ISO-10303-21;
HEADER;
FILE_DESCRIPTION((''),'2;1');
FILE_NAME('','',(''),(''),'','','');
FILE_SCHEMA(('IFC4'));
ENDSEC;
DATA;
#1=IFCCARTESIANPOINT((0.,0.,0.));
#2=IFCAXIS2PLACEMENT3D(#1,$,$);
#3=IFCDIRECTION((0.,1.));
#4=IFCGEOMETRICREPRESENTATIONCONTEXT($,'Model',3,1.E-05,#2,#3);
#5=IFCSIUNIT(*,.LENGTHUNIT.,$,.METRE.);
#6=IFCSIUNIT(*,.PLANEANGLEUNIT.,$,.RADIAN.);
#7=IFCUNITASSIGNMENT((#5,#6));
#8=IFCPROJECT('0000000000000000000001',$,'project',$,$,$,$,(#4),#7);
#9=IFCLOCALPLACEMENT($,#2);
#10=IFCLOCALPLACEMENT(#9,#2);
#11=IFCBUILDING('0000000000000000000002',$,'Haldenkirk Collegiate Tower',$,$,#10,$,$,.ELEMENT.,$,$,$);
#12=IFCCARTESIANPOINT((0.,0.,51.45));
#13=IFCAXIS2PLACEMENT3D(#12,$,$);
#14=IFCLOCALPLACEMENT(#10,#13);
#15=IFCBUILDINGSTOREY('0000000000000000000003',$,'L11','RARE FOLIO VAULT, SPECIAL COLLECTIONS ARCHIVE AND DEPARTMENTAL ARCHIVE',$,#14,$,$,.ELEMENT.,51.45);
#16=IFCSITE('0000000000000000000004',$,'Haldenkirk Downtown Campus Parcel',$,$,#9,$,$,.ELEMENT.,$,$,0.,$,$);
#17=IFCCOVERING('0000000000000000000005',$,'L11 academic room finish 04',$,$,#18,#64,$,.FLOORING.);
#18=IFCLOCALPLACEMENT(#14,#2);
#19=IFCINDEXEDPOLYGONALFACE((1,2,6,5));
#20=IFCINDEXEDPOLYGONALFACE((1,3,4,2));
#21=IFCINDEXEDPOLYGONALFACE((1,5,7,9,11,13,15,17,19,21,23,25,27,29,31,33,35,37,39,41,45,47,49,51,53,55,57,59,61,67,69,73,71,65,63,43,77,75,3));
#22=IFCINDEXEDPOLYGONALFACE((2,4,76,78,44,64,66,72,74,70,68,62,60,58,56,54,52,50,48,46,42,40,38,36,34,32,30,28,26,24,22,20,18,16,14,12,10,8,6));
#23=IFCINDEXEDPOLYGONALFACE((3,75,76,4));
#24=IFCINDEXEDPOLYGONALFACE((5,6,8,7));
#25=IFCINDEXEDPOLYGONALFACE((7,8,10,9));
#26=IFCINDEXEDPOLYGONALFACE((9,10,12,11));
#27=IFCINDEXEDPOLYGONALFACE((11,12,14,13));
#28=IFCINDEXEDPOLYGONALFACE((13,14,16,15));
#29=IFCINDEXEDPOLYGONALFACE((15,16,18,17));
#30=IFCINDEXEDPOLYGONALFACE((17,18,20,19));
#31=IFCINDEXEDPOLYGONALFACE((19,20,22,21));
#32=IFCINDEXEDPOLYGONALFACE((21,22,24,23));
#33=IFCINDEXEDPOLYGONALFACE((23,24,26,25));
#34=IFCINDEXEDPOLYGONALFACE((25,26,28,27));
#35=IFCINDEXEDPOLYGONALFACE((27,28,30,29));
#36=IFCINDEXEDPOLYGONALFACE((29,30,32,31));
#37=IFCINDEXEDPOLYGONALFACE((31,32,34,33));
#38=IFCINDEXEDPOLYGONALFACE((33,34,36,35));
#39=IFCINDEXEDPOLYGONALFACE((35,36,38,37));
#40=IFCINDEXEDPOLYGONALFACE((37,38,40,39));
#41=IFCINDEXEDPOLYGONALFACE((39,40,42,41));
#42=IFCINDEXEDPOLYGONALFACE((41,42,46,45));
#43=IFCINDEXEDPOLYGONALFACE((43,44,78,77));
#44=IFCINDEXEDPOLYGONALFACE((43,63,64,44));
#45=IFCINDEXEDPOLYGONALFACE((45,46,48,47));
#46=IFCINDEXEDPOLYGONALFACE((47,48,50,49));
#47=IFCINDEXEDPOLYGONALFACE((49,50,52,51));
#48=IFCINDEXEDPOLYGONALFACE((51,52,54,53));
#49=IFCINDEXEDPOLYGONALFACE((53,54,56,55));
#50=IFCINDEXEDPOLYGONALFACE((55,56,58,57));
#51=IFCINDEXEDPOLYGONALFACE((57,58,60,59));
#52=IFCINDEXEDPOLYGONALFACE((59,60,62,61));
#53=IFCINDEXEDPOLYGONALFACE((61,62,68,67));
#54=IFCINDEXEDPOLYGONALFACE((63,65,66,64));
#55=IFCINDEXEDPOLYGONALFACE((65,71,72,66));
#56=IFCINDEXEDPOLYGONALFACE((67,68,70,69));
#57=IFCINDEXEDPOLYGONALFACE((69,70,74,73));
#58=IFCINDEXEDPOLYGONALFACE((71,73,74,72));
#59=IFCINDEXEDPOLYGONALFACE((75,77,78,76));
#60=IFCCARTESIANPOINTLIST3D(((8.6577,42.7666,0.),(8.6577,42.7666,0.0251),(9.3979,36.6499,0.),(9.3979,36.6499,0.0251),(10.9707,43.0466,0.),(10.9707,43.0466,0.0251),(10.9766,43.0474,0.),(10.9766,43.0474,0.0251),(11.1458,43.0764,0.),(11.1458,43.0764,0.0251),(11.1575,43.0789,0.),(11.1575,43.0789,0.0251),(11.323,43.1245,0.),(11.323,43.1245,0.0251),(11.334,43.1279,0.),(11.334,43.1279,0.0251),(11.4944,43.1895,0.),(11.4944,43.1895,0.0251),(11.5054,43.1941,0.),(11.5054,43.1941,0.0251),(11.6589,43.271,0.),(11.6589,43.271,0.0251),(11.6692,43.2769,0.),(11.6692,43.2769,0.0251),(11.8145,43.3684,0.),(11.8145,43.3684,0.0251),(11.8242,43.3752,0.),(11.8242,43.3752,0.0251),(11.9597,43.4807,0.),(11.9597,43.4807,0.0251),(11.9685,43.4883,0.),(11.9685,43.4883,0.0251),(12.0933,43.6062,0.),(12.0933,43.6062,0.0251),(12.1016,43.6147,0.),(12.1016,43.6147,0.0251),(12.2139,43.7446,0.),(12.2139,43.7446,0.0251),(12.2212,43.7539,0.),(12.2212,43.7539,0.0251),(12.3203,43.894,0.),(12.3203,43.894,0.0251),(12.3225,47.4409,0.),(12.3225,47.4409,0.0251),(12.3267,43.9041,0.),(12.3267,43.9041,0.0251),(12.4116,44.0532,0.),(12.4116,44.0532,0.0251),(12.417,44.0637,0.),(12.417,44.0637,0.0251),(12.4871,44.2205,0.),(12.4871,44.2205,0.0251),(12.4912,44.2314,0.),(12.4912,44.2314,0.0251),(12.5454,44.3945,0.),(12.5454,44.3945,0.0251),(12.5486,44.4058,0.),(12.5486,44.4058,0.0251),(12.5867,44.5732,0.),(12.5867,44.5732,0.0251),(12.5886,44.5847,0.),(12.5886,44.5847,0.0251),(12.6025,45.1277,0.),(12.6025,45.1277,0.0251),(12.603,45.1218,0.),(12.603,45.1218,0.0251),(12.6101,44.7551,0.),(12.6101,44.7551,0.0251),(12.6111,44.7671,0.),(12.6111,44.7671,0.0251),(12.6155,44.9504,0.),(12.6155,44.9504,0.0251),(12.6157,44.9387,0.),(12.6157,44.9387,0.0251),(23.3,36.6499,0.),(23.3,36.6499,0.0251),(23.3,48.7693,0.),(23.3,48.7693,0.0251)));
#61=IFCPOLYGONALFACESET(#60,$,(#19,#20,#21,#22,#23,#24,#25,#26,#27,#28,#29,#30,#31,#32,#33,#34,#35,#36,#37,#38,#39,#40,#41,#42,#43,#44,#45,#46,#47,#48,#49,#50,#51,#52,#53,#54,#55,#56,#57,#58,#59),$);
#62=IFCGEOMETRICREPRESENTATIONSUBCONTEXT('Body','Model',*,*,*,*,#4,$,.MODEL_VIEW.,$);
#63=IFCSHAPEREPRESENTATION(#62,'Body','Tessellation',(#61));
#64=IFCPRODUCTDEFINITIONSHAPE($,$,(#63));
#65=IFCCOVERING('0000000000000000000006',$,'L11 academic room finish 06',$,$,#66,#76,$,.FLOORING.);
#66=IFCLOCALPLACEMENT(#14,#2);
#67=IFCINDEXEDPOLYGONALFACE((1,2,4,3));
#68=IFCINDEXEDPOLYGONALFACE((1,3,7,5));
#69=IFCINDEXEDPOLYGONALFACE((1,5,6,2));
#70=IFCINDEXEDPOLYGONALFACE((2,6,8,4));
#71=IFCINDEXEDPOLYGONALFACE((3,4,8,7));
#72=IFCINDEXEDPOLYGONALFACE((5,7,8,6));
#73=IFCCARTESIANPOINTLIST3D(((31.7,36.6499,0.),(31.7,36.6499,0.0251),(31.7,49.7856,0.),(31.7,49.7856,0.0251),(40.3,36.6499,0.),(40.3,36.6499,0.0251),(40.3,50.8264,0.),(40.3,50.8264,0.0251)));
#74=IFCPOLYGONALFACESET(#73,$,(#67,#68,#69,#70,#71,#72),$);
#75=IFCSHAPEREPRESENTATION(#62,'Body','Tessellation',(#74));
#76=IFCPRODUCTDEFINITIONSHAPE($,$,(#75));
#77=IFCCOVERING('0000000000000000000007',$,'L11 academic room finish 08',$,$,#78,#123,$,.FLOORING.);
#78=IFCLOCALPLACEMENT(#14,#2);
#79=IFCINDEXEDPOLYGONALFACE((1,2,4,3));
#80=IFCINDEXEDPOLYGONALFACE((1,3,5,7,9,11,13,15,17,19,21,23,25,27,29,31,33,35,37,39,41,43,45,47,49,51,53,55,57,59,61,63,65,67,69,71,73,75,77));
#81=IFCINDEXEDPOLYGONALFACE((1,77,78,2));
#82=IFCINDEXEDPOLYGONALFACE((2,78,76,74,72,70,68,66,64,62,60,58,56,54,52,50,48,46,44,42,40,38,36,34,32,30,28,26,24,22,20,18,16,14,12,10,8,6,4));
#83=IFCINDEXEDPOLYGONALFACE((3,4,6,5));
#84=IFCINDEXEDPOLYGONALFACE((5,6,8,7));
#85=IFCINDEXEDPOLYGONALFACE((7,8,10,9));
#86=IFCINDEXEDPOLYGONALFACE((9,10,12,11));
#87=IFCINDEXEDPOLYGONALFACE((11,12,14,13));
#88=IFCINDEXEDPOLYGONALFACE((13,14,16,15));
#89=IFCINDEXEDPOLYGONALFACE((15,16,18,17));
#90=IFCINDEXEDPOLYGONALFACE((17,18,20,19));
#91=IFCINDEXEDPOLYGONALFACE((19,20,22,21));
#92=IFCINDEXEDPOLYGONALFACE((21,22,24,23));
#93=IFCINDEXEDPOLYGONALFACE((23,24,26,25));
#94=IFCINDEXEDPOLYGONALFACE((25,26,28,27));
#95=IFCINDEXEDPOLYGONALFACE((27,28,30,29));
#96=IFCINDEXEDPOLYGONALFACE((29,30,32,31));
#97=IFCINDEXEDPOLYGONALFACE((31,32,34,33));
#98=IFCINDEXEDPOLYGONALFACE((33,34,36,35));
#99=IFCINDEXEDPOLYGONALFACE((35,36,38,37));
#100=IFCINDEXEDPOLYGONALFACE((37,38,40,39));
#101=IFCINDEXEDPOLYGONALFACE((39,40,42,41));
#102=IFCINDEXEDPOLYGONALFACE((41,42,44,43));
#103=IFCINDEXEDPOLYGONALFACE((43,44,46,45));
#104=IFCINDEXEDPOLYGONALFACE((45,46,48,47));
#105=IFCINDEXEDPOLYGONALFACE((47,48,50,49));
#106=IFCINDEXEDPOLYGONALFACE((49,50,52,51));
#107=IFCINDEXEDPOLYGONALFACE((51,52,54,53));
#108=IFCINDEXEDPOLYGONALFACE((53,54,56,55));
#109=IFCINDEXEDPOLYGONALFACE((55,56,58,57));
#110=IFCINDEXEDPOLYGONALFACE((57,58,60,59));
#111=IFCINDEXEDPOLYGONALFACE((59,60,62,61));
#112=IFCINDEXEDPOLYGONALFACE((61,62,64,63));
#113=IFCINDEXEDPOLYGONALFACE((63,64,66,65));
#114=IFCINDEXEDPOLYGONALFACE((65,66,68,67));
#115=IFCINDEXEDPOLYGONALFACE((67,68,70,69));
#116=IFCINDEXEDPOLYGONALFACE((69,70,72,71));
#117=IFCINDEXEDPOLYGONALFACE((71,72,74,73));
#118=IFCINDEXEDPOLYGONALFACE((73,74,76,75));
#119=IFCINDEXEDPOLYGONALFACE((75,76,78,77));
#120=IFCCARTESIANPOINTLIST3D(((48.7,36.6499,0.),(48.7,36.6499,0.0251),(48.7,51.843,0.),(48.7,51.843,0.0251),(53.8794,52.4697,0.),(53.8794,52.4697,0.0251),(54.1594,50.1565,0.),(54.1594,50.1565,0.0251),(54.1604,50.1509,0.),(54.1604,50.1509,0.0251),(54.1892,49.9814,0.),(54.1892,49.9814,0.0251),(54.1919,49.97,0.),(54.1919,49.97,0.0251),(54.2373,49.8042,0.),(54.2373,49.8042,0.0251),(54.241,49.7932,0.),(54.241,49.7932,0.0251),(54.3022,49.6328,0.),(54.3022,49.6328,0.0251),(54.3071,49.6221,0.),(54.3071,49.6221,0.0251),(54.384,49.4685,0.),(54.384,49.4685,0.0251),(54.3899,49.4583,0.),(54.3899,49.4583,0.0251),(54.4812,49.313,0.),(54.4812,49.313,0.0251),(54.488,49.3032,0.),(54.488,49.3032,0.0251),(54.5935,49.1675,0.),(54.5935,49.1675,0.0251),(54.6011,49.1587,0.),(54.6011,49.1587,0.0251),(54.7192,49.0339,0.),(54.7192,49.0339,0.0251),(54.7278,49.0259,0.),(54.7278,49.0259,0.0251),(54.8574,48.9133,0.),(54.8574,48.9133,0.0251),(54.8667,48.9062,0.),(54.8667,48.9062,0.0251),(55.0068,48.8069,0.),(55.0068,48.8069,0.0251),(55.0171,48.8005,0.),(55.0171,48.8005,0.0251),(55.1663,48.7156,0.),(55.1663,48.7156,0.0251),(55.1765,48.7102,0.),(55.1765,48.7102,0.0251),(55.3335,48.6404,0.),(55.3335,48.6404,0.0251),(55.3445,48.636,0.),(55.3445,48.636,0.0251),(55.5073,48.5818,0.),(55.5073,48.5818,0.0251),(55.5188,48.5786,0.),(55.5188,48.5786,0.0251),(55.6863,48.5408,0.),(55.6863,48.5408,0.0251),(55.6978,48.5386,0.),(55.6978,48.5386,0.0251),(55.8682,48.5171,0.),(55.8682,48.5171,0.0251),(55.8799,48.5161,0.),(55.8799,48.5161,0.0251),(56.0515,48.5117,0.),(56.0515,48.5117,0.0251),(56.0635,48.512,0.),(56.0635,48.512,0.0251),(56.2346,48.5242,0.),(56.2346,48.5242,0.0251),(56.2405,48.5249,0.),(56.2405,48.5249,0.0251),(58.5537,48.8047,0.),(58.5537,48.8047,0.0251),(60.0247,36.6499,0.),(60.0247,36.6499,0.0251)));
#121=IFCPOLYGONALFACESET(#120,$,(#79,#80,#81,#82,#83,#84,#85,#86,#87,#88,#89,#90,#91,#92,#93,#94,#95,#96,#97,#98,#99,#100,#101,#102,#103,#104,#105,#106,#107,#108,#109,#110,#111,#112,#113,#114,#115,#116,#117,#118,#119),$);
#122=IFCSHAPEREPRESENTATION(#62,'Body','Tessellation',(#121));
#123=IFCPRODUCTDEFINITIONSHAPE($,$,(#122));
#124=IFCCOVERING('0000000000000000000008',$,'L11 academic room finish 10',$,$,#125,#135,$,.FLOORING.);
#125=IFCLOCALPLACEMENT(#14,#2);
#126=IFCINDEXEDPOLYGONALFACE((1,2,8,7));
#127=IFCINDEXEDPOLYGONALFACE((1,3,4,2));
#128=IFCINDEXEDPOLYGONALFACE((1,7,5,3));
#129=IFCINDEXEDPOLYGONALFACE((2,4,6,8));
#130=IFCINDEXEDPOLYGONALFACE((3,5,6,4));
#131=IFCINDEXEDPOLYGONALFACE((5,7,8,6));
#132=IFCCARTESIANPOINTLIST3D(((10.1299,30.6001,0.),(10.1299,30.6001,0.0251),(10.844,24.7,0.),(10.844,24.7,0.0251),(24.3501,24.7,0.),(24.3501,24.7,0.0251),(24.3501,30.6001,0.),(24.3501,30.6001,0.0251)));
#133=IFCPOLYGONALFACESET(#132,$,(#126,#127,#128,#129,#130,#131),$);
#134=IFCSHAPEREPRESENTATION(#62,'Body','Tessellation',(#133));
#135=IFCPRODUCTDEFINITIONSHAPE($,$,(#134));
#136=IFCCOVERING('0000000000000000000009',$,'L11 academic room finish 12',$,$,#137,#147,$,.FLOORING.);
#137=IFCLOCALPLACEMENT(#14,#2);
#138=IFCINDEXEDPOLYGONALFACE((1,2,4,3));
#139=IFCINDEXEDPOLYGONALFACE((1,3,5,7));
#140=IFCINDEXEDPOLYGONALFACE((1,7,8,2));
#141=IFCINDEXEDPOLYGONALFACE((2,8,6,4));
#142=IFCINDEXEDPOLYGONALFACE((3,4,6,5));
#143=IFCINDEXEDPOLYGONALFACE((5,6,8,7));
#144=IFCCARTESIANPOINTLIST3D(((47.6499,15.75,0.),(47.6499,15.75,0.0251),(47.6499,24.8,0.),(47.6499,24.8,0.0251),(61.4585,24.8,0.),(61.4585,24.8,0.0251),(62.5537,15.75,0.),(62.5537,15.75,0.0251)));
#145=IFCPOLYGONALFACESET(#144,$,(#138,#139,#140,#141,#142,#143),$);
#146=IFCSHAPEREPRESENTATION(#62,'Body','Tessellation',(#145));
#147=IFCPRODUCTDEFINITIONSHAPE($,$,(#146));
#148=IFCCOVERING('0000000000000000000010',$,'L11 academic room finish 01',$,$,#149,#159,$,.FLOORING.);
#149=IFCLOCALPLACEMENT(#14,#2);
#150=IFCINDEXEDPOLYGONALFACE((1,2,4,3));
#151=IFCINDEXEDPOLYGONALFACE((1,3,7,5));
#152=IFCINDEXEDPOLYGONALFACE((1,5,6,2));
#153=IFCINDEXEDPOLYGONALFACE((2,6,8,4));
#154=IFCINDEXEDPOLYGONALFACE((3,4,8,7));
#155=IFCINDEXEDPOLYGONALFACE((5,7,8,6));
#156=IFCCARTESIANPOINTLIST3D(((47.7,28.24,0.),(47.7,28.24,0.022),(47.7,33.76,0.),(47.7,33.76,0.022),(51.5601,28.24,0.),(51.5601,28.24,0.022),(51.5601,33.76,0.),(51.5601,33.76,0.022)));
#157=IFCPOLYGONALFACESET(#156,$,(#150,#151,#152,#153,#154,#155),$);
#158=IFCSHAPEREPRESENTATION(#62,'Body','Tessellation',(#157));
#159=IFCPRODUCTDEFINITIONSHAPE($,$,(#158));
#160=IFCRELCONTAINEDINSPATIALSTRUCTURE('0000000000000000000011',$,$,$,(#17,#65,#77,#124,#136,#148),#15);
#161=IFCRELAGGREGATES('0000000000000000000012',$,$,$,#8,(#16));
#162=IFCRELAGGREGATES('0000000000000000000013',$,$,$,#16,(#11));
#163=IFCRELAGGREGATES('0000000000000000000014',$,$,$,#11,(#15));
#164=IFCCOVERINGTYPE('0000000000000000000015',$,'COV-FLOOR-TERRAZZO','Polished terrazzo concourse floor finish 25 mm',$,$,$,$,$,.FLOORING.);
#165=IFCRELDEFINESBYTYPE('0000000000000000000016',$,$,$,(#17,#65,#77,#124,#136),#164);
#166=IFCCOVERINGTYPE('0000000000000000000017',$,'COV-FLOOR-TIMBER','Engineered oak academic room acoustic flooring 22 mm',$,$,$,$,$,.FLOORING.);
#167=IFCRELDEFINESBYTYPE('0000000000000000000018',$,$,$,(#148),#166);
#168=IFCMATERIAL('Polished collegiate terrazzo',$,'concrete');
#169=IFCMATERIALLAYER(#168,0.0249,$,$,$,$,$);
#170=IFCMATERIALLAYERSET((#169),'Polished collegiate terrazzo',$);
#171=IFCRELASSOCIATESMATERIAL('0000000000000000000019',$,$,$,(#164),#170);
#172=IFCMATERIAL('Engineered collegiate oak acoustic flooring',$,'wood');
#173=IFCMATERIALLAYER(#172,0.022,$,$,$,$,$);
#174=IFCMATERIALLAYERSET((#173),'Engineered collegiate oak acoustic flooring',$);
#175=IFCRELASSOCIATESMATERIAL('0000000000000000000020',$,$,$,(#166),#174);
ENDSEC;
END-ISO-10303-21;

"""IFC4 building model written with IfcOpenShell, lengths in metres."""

from ifc_helpers import new_model, si_unit, direction, frame, origin, place, context, subcontext, project, spatial, polyline, outline, extrude, material, layer, layer_set, type_object, element, save


model = new_model("IFC4")

# Units and contexts
model_context = context("Model", 3, precision=1e-05, world=origin(), true_north=direction((0.0, 1.0)))
body_context = subcontext(model_context, "Body", "Model", "MODEL_VIEW")
ifc_project = project(units=[si_unit("LENGTHUNIT", "METRE"), si_unit("PLANEANGLEUNIT", "RADIAN")], contexts=[model_context])

# Site, building, storey
site_placement = place(None, origin())
site = spatial("IfcSite", under=ifc_project, at=site_placement, Name="Haldenkirk Downtown Campus Parcel", CompositionType="ELEMENT", RefElevation=0.0)
building_placement = place(site_placement, origin())
building = spatial("IfcBuilding", under=site, at=building_placement, Name="Haldenkirk Collegiate Tower", CompositionType="ELEMENT")
storey_placement = place(building_placement, frame((0.0, 0.0, 51.45)))
storey = spatial("IfcBuildingStorey", under=building, at=storey_placement, Name="L11", Description="RARE FOLIO VAULT, SPECIAL COLLECTIONS ARCHIVE AND DEPARTMENTAL ARCHIVE", CompositionType="ELEMENT", Elevation=51.45)

# Coverings
ifc_material_1 = material(Name="Polished collegiate terrazzo", Category="concrete")
ifc_layer_1 = layer(ifc_material_1, 0.0249)
ifc_layer_set_1 = layer_set([ifc_layer_1], Name="Polished collegiate terrazzo")
covering_type_1 = type_object("IfcCoveringType", Name="COV-FLOOR-TERRAZZO", Description="Polished terrazzo concourse floor finish 25 mm", PredefinedType="FLOORING", material=ifc_layer_set_1)
covering_1_placement = place(storey_placement, origin())
element("IfcCovering", 1, at=covering_1_placement, inside=storey, type_object=covering_type_1, Name="L11 academic room finish 04", PredefinedType="FLOORING", context=body_context, shape_type="SweptSolid", body=[
    extrude(outline(polyline([(10.9707, 43.0466), (10.9766, 43.0474), (11.1458, 43.0764), (11.1575, 43.0789), (11.323, 43.1245), (11.334, 43.1279), (11.4944, 43.1895), (11.5054, 43.1941), (11.6589, 43.271), (11.6692, 43.2769), (11.8145, 43.3684), (11.8242, 43.3752), (11.9597, 43.4807), (11.9685, 43.4883), (12.0933, 43.6062), (12.1016, 43.6147), (12.2139, 43.7446), (12.2212, 43.7539), (12.3203, 43.894), (12.3267, 43.9041), (12.4116, 44.0532), (12.417, 44.0637), (12.4871, 44.2205), (12.4912, 44.2314), (12.5454, 44.3945), (12.5486, 44.4058), (12.5867, 44.5732), (12.5886, 44.5847), (12.6101, 44.7551), (12.6111, 44.7671), (12.6157, 44.9387), (12.6155, 44.9504), (12.603, 45.1218), (12.6025, 45.1277), (12.3225, 47.4409), (23.3, 48.7693), (23.3, 36.6499), (9.3979, 36.6499), (8.6577, 42.7666), (10.9707, 43.0466)])), origin(), (0.0, 0.0, 1.0), 0.0251),
])
covering_2_placement = place(storey_placement, origin())
element("IfcCovering", 2, at=covering_2_placement, inside=storey, type_object=covering_type_1, Name="L11 academic room finish 06", PredefinedType="FLOORING", context=body_context, shape_type="SweptSolid", body=[
    extrude(outline(polyline([(40.3, 50.8264), (40.3, 36.6499), (31.7, 36.6499), (31.7, 49.7856), (40.3, 50.8264)])), origin(), (0.0, 0.0, 1.0), 0.0251),
])
covering_3_placement = place(storey_placement, origin())
element("IfcCovering", 3, at=covering_3_placement, inside=storey, type_object=covering_type_1, Name="L11 academic room finish 08", PredefinedType="FLOORING", context=body_context, shape_type="SweptSolid", body=[
    extrude(outline(polyline([(53.8794, 52.4697), (54.1594, 50.1565), (54.1604, 50.1509), (54.1892, 49.9814), (54.1919, 49.97), (54.2373, 49.8042), (54.241, 49.7932), (54.3022, 49.6328), (54.3071, 49.6221), (54.384, 49.4685), (54.3899, 49.4583), (54.4812, 49.313), (54.488, 49.3032), (54.5935, 49.1675), (54.6011, 49.1587), (54.7192, 49.0339), (54.7278, 49.0259), (54.8574, 48.9133), (54.8667, 48.9062), (55.0068, 48.8069), (55.0171, 48.8005), (55.1663, 48.7156), (55.1765, 48.7102), (55.3335, 48.6404), (55.3445, 48.636), (55.5073, 48.5818), (55.5188, 48.5786), (55.6863, 48.5408), (55.6978, 48.5386), (55.8682, 48.5171), (55.8799, 48.5161), (56.0515, 48.5117), (56.0635, 48.512), (56.2346, 48.5242), (56.2405, 48.5249), (58.5537, 48.8047), (60.0247, 36.6499), (48.7, 36.6499), (48.7, 51.843), (53.8794, 52.4697)])), origin(), (0.0, 0.0, 1.0), 0.0251),
])
covering_4_placement = place(storey_placement, origin())
element("IfcCovering", 4, at=covering_4_placement, inside=storey, type_object=covering_type_1, Name="L11 academic room finish 10", PredefinedType="FLOORING", context=body_context, shape_type="SweptSolid", body=[
    extrude(outline(polyline([(10.1299, 30.6001), (24.3501, 30.6001), (24.3501, 24.7), (10.844, 24.7), (10.1299, 30.6001)])), origin(), (0.0, 0.0, 1.0), 0.0251),
])
covering_5_placement = place(storey_placement, origin())
element("IfcCovering", 5, at=covering_5_placement, inside=storey, type_object=covering_type_1, Name="L11 academic room finish 12", PredefinedType="FLOORING", context=body_context, shape_type="SweptSolid", body=[
    extrude(outline(polyline([(62.5537, 15.75), (47.6499, 15.75), (47.6499, 24.8), (61.4585, 24.8), (62.5537, 15.75)])), origin(), (0.0, 0.0, 1.0), 0.0251),
])
ifc_material_2 = material(Name="Engineered collegiate oak acoustic flooring", Category="wood")
ifc_layer_2 = layer(ifc_material_2, 0.022)
ifc_layer_set_2 = layer_set([ifc_layer_2], Name="Engineered collegiate oak acoustic flooring")
covering_type_2 = type_object("IfcCoveringType", Name="COV-FLOOR-TIMBER", Description="Engineered oak academic room acoustic flooring 22 mm", PredefinedType="FLOORING", material=ifc_layer_set_2)
covering_6_placement = place(storey_placement, origin())
element("IfcCovering", 6, at=covering_6_placement, inside=storey, type_object=covering_type_2, Name="L11 academic room finish 01", PredefinedType="FLOORING", context=body_context, shape_type="SweptSolid", body=[
    extrude(outline(polyline([(47.7, 28.24), (47.7, 33.76), (51.5601, 33.76), (51.5601, 28.24), (47.7, 28.24)])), origin(), (0.0, 0.0, 1.0), 0.022),
])

save(model, "model.ifc")
